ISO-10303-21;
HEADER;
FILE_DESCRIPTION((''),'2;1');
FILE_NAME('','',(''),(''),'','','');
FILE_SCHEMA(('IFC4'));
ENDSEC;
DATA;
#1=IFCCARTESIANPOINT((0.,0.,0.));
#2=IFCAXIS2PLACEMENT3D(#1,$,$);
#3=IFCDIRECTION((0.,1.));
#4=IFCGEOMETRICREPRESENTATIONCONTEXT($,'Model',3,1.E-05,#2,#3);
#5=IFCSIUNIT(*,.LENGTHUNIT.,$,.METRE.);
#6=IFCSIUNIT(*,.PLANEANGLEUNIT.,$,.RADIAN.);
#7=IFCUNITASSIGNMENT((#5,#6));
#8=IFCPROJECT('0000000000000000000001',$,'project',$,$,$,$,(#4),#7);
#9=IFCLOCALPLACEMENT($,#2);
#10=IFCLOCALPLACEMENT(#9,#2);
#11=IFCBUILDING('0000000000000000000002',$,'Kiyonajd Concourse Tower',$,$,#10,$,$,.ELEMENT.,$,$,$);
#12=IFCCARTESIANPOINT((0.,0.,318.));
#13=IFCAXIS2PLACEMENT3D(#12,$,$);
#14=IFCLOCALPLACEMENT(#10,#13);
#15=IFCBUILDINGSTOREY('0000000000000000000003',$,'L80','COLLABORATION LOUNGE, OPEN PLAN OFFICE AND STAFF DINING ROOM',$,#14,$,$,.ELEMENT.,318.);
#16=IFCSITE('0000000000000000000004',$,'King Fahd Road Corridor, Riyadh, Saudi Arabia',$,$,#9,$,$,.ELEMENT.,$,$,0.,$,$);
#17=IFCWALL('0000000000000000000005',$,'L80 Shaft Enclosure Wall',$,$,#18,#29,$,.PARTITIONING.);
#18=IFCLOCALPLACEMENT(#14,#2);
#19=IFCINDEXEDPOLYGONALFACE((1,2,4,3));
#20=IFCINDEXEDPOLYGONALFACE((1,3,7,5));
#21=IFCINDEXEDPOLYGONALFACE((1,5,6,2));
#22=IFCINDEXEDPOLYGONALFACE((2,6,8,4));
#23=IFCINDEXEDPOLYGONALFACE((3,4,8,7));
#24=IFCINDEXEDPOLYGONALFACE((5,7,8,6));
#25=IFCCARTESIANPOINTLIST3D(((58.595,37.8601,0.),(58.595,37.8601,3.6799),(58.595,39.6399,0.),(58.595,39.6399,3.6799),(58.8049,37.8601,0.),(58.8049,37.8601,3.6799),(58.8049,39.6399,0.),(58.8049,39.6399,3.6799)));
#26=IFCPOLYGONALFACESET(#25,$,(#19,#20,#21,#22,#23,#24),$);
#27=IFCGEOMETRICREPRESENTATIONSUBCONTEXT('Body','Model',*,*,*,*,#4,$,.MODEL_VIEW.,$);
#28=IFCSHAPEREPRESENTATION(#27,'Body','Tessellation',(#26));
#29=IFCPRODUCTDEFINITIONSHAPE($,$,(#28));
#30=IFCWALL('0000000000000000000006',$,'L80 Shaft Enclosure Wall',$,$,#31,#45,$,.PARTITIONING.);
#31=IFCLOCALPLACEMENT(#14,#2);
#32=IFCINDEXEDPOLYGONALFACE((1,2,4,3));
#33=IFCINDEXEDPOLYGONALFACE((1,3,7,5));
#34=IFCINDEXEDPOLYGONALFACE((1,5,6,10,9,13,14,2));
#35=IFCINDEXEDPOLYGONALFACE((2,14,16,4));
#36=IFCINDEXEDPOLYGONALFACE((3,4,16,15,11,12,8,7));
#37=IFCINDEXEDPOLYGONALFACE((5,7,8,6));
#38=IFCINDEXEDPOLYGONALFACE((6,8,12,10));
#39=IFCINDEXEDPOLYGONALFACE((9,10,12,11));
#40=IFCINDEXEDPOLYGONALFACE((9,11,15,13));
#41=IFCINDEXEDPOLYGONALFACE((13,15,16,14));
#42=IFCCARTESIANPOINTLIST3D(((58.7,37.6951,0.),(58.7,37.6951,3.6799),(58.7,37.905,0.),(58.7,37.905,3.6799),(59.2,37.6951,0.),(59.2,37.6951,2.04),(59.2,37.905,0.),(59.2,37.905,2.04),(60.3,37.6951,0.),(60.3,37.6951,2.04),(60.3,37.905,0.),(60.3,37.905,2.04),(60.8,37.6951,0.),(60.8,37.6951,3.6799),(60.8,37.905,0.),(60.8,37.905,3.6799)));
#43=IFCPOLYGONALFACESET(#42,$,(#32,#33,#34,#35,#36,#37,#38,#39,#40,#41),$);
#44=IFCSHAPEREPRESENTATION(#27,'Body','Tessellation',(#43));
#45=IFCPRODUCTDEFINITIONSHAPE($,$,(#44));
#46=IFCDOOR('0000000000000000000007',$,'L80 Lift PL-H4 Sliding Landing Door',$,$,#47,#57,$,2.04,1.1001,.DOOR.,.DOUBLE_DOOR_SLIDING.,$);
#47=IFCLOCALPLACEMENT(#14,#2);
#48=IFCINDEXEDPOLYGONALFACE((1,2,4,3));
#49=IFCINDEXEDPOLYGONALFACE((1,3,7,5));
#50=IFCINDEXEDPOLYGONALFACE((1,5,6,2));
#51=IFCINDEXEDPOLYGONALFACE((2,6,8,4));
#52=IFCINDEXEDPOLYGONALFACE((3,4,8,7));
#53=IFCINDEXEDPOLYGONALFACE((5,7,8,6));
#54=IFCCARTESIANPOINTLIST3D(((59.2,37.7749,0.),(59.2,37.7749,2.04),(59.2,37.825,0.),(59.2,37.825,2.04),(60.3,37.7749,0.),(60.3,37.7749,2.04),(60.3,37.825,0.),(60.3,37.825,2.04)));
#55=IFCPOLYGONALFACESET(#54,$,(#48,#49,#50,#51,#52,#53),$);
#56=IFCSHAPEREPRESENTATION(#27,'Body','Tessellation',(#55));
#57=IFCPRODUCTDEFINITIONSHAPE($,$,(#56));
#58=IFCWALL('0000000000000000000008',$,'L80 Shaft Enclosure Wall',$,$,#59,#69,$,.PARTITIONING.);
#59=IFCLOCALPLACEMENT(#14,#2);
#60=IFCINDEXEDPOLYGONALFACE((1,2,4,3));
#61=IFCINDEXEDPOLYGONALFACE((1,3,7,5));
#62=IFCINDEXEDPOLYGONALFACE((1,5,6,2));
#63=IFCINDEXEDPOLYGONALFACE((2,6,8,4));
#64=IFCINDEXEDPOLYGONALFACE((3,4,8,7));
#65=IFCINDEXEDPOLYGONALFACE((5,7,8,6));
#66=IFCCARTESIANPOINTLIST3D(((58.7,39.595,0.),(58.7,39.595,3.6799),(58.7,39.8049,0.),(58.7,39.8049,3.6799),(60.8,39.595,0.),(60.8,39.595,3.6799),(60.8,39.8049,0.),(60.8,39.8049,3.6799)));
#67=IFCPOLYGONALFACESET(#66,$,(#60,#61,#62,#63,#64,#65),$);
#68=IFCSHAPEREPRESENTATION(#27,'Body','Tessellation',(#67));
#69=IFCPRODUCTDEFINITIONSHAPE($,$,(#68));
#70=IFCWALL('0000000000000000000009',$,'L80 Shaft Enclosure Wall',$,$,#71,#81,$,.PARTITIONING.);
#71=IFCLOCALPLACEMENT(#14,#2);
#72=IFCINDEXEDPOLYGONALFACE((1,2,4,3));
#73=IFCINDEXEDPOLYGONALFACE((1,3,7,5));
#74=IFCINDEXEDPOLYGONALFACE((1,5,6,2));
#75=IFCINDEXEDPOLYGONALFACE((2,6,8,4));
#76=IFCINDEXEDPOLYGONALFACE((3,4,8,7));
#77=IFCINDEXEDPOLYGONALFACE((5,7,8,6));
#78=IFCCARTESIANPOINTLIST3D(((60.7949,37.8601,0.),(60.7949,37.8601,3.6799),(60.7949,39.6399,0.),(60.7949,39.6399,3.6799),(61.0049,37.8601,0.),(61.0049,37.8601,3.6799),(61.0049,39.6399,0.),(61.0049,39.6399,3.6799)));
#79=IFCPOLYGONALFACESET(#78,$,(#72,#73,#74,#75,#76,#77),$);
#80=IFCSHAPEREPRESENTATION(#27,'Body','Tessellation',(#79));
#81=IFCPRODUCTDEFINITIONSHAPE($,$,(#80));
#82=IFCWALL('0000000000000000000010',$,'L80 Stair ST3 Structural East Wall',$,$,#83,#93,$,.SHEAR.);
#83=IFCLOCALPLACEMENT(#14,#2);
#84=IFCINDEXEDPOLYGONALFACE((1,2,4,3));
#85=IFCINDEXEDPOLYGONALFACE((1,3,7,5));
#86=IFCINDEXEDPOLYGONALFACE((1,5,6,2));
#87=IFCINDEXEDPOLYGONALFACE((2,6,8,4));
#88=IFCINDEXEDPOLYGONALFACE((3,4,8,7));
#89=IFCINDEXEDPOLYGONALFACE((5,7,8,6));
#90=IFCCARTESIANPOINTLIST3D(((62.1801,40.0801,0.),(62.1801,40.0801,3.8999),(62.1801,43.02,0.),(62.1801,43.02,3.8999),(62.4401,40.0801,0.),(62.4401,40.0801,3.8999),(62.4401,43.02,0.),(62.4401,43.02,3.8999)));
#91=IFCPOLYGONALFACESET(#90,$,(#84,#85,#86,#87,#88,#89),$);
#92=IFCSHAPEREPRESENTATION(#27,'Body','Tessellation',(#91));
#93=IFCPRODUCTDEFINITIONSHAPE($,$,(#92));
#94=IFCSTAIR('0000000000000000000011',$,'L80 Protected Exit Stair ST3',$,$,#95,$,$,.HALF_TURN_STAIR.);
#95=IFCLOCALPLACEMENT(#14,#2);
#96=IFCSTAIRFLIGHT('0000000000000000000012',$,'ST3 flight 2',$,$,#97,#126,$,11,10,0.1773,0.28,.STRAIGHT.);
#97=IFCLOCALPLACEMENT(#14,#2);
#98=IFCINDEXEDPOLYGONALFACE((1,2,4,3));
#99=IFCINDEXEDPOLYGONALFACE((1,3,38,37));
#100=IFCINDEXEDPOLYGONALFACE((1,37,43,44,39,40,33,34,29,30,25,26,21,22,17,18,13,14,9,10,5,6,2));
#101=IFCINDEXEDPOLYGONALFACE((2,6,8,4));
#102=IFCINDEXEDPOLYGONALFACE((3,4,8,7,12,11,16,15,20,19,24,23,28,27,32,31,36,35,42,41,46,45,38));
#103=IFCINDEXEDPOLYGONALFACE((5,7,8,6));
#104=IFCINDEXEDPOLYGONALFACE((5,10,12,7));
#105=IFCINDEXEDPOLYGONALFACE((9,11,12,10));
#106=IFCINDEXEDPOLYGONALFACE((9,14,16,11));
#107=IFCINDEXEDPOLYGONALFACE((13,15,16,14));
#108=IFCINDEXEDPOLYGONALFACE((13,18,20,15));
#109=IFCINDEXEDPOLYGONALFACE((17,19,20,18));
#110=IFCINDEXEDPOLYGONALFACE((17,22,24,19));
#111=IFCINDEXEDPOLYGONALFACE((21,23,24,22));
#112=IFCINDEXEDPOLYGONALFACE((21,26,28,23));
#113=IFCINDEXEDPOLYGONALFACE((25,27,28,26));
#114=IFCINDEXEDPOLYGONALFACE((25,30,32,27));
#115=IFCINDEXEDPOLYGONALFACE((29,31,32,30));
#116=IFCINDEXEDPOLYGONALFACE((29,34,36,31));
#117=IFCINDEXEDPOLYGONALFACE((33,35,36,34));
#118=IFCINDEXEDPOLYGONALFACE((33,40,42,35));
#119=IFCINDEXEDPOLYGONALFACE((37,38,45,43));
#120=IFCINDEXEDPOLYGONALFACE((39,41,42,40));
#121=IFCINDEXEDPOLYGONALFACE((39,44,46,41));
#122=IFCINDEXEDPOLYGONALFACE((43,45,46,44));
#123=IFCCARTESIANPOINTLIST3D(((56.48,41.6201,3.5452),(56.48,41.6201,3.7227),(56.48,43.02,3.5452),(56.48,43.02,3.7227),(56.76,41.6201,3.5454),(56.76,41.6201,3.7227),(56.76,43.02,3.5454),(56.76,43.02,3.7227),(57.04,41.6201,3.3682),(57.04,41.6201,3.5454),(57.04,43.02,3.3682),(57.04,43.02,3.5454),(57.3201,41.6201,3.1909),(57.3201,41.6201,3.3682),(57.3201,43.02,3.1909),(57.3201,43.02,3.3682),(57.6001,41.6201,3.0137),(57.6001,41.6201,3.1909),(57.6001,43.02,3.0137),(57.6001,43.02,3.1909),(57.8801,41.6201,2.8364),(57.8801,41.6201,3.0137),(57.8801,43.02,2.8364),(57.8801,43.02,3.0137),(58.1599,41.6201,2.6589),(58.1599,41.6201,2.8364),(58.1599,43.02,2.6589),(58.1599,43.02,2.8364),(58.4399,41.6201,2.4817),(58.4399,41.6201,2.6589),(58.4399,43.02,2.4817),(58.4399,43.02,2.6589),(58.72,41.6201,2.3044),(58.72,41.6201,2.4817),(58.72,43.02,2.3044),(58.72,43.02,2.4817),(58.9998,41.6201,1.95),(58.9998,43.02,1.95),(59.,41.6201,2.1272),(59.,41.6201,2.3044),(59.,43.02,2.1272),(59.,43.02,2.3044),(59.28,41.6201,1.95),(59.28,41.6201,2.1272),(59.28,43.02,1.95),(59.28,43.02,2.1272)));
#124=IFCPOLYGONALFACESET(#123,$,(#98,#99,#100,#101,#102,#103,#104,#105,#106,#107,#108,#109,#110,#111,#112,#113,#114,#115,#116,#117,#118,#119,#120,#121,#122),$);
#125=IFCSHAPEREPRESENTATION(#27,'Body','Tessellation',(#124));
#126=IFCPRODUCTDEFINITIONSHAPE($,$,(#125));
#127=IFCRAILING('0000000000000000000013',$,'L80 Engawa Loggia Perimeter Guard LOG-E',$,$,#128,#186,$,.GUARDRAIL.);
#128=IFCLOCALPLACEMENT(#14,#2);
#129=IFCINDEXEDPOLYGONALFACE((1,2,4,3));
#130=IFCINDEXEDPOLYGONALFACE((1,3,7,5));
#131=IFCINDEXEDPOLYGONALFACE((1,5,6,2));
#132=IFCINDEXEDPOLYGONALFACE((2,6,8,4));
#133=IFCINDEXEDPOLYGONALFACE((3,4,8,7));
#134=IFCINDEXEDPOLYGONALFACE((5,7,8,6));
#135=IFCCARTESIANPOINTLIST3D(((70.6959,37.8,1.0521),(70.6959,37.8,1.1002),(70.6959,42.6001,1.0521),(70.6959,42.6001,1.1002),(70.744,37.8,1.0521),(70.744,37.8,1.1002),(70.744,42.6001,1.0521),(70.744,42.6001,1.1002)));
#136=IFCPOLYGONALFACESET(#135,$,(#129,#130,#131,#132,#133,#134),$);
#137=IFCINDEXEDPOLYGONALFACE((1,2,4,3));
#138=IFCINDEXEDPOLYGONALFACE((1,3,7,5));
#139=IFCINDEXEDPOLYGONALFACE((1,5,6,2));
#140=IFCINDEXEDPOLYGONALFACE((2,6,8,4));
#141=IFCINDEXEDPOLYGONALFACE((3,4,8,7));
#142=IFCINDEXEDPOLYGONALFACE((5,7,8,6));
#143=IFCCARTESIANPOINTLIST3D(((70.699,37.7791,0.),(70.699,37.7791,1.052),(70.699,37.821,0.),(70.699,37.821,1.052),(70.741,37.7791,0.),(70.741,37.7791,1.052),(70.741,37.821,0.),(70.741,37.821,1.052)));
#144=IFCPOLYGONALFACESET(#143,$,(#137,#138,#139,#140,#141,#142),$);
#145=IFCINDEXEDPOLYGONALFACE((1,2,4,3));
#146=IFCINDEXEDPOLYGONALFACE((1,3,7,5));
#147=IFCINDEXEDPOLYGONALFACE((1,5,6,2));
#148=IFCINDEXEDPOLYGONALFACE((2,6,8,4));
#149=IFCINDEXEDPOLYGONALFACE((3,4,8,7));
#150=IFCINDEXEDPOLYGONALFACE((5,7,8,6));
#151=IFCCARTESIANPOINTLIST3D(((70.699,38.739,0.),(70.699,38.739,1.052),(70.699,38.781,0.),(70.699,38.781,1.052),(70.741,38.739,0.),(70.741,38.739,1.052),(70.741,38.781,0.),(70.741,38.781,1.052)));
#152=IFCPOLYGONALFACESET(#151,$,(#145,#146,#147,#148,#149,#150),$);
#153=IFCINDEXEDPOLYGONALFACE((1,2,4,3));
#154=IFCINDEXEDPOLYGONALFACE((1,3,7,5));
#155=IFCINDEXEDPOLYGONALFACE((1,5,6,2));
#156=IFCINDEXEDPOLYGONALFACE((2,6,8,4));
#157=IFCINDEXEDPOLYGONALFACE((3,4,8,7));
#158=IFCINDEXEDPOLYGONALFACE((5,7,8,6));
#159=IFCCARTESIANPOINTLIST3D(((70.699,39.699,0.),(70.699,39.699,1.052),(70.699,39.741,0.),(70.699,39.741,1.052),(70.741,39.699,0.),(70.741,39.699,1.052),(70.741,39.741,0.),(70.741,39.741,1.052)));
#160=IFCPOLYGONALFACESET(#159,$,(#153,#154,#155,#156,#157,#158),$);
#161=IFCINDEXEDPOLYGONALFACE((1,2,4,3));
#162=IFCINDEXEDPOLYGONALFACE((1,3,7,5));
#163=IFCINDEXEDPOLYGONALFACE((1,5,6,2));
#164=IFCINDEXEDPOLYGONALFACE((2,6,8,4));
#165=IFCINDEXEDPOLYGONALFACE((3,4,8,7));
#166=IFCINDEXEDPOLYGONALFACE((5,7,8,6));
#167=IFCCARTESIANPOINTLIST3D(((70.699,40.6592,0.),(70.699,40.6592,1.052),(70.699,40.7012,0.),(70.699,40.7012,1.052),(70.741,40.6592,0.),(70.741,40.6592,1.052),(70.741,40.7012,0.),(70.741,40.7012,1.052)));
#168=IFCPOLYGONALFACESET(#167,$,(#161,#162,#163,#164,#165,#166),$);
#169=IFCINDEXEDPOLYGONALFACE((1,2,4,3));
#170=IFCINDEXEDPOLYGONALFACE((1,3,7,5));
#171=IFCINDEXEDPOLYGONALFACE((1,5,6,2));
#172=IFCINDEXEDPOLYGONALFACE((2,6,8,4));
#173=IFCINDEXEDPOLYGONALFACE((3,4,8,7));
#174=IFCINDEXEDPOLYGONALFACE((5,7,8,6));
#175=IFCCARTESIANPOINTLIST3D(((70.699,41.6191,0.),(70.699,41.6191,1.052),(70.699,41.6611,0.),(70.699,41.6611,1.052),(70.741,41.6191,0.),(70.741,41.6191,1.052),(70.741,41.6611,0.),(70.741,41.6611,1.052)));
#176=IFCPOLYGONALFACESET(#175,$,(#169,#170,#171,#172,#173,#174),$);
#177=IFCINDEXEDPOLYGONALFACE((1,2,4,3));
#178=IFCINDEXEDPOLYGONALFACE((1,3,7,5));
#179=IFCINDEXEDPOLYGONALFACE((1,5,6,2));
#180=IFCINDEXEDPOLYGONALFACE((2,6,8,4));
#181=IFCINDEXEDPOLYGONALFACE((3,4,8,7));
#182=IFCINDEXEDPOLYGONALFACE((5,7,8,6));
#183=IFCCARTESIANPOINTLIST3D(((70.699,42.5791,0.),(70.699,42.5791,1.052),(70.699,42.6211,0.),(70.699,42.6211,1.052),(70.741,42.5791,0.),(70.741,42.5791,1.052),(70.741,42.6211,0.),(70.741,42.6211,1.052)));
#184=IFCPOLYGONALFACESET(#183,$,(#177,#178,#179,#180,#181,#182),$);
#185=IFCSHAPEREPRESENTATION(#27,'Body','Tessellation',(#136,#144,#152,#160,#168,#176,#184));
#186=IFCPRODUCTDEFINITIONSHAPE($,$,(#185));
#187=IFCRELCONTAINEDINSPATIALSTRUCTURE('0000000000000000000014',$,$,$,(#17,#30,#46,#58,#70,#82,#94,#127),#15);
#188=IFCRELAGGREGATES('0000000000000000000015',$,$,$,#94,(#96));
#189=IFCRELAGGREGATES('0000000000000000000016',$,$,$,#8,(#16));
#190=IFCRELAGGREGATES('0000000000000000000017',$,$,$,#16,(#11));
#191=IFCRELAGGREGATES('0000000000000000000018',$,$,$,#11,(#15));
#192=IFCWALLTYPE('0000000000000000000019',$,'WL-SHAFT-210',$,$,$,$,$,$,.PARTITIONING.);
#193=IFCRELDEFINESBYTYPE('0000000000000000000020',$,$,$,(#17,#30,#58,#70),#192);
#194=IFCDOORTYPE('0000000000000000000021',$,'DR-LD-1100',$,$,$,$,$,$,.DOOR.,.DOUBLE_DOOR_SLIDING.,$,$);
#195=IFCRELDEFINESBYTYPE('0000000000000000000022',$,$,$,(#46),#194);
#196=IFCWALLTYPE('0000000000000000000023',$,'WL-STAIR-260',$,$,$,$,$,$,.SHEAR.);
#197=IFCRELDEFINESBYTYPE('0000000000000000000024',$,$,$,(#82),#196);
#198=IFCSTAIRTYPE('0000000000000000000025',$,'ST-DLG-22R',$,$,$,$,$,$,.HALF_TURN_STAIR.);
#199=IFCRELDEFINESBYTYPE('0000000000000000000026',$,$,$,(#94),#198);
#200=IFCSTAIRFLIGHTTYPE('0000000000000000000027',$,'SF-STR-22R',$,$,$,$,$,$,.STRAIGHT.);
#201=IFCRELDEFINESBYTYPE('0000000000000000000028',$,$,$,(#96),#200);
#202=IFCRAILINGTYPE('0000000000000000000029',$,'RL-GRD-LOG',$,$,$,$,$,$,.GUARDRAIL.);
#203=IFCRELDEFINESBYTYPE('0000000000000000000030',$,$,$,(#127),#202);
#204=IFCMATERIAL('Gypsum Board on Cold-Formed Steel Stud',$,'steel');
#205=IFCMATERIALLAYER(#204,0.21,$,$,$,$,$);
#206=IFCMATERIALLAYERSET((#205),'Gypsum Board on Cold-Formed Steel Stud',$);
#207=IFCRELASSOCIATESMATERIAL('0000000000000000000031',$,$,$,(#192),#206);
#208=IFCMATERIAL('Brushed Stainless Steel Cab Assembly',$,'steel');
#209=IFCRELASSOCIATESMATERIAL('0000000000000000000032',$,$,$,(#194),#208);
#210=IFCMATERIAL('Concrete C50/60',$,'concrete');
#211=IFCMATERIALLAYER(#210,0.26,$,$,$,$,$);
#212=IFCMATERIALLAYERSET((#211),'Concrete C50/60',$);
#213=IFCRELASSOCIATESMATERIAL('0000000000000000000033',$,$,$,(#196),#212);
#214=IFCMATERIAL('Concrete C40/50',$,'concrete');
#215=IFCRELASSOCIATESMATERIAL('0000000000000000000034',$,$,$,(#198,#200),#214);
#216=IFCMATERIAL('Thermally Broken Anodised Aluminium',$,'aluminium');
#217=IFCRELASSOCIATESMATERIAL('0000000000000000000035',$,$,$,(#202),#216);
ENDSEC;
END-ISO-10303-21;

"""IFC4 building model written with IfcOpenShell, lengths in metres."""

from ifc_helpers import new_model, si_unit, direction, frame, frame_2d, origin, origin_2d, place, context, subcontext, project, spatial, polyline, rectangle, outline, extrude, material, layer, layer_set, type_object, element, fill, aggregate, save


model = new_model("IFC4")

# Units and contexts
model_context = context("Model", 3, precision=1e-05, world=origin(), true_north=direction((0.0, 1.0)))
body_context = subcontext(model_context, "Body", "Model", "MODEL_VIEW")
ifc_project = project(units=[si_unit("LENGTHUNIT", "METRE"), si_unit("PLANEANGLEUNIT", "RADIAN")], contexts=[model_context])

# Site, building, storey
site_placement = place(None, origin())
site = spatial("IfcSite", under=ifc_project, at=site_placement, Name="King Fahd Road Corridor, Riyadh, Saudi Arabia", CompositionType="ELEMENT", RefElevation=0.0)
building_placement = place(site_placement, origin())
building = spatial("IfcBuilding", under=site, at=building_placement, Name="Kiyonajd Concourse Tower", CompositionType="ELEMENT")
storey_placement = place(building_placement, frame((0.0, 0.0, 318.0)))
storey = spatial("IfcBuildingStorey", under=building, at=storey_placement, Name="L80", Description="COLLABORATION LOUNGE, OPEN PLAN OFFICE AND STAFF DINING ROOM", CompositionType="ELEMENT", Elevation=318.0)

# Shared definitions
ifc_material_1 = material(Name="Thermally Broken Anodised Aluminium", Category="aluminium")

# Wall
ifc_material_2 = material(Name="Gypsum Board on Cold-Formed Steel Stud", Category="steel")
ifc_layer_1 = layer(ifc_material_2, 0.21)
ifc_layer_set_1 = layer_set([ifc_layer_1], Name="Gypsum Board on Cold-Formed Steel Stud")
wall_type_1 = type_object("IfcWallType", Name="WL-SHAFT-210", PredefinedType="PARTITIONING", material=ifc_layer_set_1)
wall_1_placement = place(storey_placement, frame((58.7, 37.8601, 0.0), z_axis=(0.0, 0.0, 1.0), x_axis=(0.0, 1.0, 0.0)))
element("IfcWall", 1, at=wall_1_placement, inside=storey, type_object=wall_type_1, Name="L80 Shaft Enclosure Wall", PredefinedType="PARTITIONING", context=body_context, shape_type="SweptSolid", body=[
    extrude(rectangle(XDim=1.7798, YDim=0.21, at=frame_2d((0.8899, 0.0))), origin(), (0.0, 0.0, 1.0), 3.6799),
])

# Wall, opening, door
wall_2_placement = place(storey_placement, frame((58.7, 37.8, 0.0), z_axis=(0.0, 0.0, 1.0), x_axis=(1.0, 0.0, 0.0)))
wall_2 = element("IfcWall", 2, at=wall_2_placement, inside=storey, type_object=wall_type_1, Name="L80 Shaft Enclosure Wall", PredefinedType="PARTITIONING", context=body_context, shape_type="SweptSolid", body=[
    extrude(rectangle(XDim=2.1001, YDim=0.21, at=frame_2d((1.05, 0.0))), origin(), (0.0, 0.0, 1.0), 3.6799),
])
opening_1_placement = place(wall_2_placement, frame((0.5, 0.0, 0.0)))
opening_1 = element("IfcOpeningElement", 3, at=opening_1_placement, cuts=wall_2, PredefinedType="OPENING", context=body_context, shape_type="SweptSolid", body=[
    extrude(rectangle(XDim=1.1001, YDim=2.04, at=frame_2d((0.55, 1.02))), frame((0.0, 0.115, 0.0), z_axis=(0.0, -1.0, 0.0), x_axis=(1.0, 0.0, 0.0)), (0.0, 0.0, 1.0), 0.23),
])
ifc_material_3 = material(Name="Brushed Stainless Steel Cab Assembly", Category="steel")
door_type_1 = type_object("IfcDoorType", Name="DR-LD-1100", OperationType="DOUBLE_DOOR_SLIDING", PredefinedType="DOOR", material=ifc_material_3)
door_1_placement = place(opening_1_placement, origin())
door_1 = element("IfcDoor", 4, at=door_1_placement, inside=storey, type_object=door_type_1, Name="L80 Lift PL-H4 Sliding Landing Door", OperationType="DOUBLE_DOOR_SLIDING", OverallHeight=2.04, OverallWidth=1.1001, PredefinedType="DOOR", context=body_context, shape_type="SweptSolid", body=[
    extrude(rectangle(XDim=1.1001, YDim=2.04, at=frame_2d((0.55, 1.02))), frame((0.0, 0.0249, 0.0), z_axis=(0.0, -1.0, 0.0), x_axis=(1.0, 0.0, 0.0)), (0.0, 0.0, 1.0), 0.05),
])
fill(opening_1, door_1)

# Walls
wall_3_placement = place(storey_placement, frame((58.7, 39.7, 0.0), z_axis=(0.0, 0.0, 1.0), x_axis=(1.0, 0.0, 0.0)))
element("IfcWall", 5, at=wall_3_placement, inside=storey, type_object=wall_type_1, Name="L80 Shaft Enclosure Wall", PredefinedType="PARTITIONING", context=body_context, shape_type="SweptSolid", body=[
    extrude(rectangle(XDim=2.1001, YDim=0.21, at=frame_2d((1.05, 0.0))), origin(), (0.0, 0.0, 1.0), 3.6799),
])
wall_4_placement = place(storey_placement, frame((60.8999, 37.8601, 0.0), z_axis=(0.0, 0.0, 1.0), x_axis=(0.0, 1.0, 0.0)))
element("IfcWall", 6, at=wall_4_placement, inside=storey, type_object=wall_type_1, Name="L80 Shaft Enclosure Wall", PredefinedType="PARTITIONING", context=body_context, shape_type="SweptSolid", body=[
    extrude(rectangle(XDim=1.7798, YDim=0.21, at=frame_2d((0.8899, 0.0))), origin(), (0.0, 0.0, 1.0), 3.6799),
])
ifc_material_4 = material(Name="Concrete C50/60", Category="concrete")
ifc_layer_2 = layer(ifc_material_4, 0.26)
ifc_layer_set_2 = layer_set([ifc_layer_2], Name="Concrete C50/60")
wall_type_2 = type_object("IfcWallType", Name="WL-STAIR-260", PredefinedType="SHEAR", material=ifc_layer_set_2)
wall_5_placement = place(storey_placement, frame((62.3101, 40.0801, 0.0), z_axis=(0.0, 0.0, 1.0), x_axis=(0.0, 1.0, 0.0)))
element("IfcWall", 7, at=wall_5_placement, inside=storey, type_object=wall_type_2, Name="L80 Stair ST3 Structural East Wall", PredefinedType="SHEAR", context=body_context, shape_type="SweptSolid", body=[
    extrude(rectangle(XDim=2.9399, YDim=0.26, at=frame_2d((1.47, 0.0))), origin(), (0.0, 0.0, 1.0), 3.8999),
])

# Stair, stair flight
ifc_material_5 = material(Name="Concrete C40/50", Category="concrete")
stair_type = type_object("IfcStairType", Name="ST-DLG-22R", PredefinedType="HALF_TURN_STAIR", material=ifc_material_5)
stair_placement = place(storey_placement, origin())
stair = element("IfcStair", 8, at=stair_placement, inside=storey, type_object=stair_type, Name="L80 Protected Exit Stair ST3", PredefinedType="HALF_TURN_STAIR")
stair_flight_type = type_object("IfcStairFlightType", Name="SF-STR-22R", PredefinedType="STRAIGHT", material=ifc_material_5)
stair_flight_placement = place(storey_placement, frame((59.28, 42.3201, 1.95), z_axis=(0.0, 0.0, 1.0), x_axis=(-1.0, 0.0, 0.0)))
stair_flight = element("IfcStairFlight", 9, at=stair_flight_placement, type_object=stair_flight_type, Name="ST3 flight 2", NumberOfRisers=11, NumberOfTreads=10, PredefinedType="STRAIGHT", RiserHeight=0.1773, TreadLength=0.28, context=body_context, shape_type="SweptSolid", body=[
    extrude(outline(polyline([(0.0, 0.0), (0.0, 0.1772), (0.28, 0.1772), (0.28, 0.3545), (0.5601, 0.3545), (0.5601, 0.5317), (0.8401, 0.5317), (0.8401, 0.709), (1.1201, 0.709), (1.1201, 0.8865), (1.3999, 0.8865), (1.3999, 1.0637), (1.6799, 1.0637), (1.6799, 1.241), (1.96, 1.241), (1.96, 1.4182), (2.24, 1.4182), (2.24, 1.5955), (2.52, 1.5955), (2.52, 1.7727), (2.8, 1.7727), (2.8, 1.95), (2.8, 1.5952), (0.2803, 0.0), (0.0, 0.0)])), frame((0.0, 0.7, 0.0), z_axis=(0.0, -1.0, 0.0), x_axis=(1.0, 0.0, 0.0)), (0.0, 0.0, 1.0), 1.3999),
])
aggregate(stair, [stair_flight])

# Railing
railing_type_1 = type_object("IfcRailingType", Name="RL-GRD-LOG", PredefinedType="GUARDRAIL", material=ifc_material_1)
railing_1_placement = place(storey_placement, frame((70.72, 37.8, 0.0)))
element("IfcRailing", 10, at=railing_1_placement, inside=storey, type_object=railing_type_1, Name="L80 Engawa Loggia Perimeter Guard LOG-E", PredefinedType="GUARDRAIL", context=body_context, shape_type="SweptSolid", body=[
    extrude(rectangle(XDim=0.0481, YDim=0.0481, at=origin_2d()), frame((0.0, 0.0, 1.0762), z_axis=(0.0, 1.0, 0.0), x_axis=(-1.0, 0.0, 0.0)), (0.0, 0.0, 1.0), 4.8),
    extrude(rectangle(XDim=0.042, YDim=0.042, at=origin_2d()), origin(), (0.0, 0.0, 1.0), 1.052),
    extrude(rectangle(XDim=0.042, YDim=0.042, at=origin_2d()), frame((0.0, 0.96, 0.0)), (0.0, 0.0, 1.0), 1.052),
    extrude(rectangle(XDim=0.042, YDim=0.042, at=origin_2d()), frame((0.0, 1.9199, 0.0)), (0.0, 0.0, 1.0), 1.052),
    extrude(rectangle(XDim=0.042, YDim=0.042, at=origin_2d()), frame((0.0, 2.8801, 0.0)), (0.0, 0.0, 1.0), 1.052),
    extrude(rectangle(XDim=0.042, YDim=0.042, at=origin_2d()), frame((0.0, 3.8401, 0.0)), (0.0, 0.0, 1.0), 1.052),
    extrude(rectangle(XDim=0.042, YDim=0.042, at=origin_2d()), frame((0.0, 4.8, 0.0)), (0.0, 0.0, 1.0), 1.052),
])

save(model, "model.ifc")
